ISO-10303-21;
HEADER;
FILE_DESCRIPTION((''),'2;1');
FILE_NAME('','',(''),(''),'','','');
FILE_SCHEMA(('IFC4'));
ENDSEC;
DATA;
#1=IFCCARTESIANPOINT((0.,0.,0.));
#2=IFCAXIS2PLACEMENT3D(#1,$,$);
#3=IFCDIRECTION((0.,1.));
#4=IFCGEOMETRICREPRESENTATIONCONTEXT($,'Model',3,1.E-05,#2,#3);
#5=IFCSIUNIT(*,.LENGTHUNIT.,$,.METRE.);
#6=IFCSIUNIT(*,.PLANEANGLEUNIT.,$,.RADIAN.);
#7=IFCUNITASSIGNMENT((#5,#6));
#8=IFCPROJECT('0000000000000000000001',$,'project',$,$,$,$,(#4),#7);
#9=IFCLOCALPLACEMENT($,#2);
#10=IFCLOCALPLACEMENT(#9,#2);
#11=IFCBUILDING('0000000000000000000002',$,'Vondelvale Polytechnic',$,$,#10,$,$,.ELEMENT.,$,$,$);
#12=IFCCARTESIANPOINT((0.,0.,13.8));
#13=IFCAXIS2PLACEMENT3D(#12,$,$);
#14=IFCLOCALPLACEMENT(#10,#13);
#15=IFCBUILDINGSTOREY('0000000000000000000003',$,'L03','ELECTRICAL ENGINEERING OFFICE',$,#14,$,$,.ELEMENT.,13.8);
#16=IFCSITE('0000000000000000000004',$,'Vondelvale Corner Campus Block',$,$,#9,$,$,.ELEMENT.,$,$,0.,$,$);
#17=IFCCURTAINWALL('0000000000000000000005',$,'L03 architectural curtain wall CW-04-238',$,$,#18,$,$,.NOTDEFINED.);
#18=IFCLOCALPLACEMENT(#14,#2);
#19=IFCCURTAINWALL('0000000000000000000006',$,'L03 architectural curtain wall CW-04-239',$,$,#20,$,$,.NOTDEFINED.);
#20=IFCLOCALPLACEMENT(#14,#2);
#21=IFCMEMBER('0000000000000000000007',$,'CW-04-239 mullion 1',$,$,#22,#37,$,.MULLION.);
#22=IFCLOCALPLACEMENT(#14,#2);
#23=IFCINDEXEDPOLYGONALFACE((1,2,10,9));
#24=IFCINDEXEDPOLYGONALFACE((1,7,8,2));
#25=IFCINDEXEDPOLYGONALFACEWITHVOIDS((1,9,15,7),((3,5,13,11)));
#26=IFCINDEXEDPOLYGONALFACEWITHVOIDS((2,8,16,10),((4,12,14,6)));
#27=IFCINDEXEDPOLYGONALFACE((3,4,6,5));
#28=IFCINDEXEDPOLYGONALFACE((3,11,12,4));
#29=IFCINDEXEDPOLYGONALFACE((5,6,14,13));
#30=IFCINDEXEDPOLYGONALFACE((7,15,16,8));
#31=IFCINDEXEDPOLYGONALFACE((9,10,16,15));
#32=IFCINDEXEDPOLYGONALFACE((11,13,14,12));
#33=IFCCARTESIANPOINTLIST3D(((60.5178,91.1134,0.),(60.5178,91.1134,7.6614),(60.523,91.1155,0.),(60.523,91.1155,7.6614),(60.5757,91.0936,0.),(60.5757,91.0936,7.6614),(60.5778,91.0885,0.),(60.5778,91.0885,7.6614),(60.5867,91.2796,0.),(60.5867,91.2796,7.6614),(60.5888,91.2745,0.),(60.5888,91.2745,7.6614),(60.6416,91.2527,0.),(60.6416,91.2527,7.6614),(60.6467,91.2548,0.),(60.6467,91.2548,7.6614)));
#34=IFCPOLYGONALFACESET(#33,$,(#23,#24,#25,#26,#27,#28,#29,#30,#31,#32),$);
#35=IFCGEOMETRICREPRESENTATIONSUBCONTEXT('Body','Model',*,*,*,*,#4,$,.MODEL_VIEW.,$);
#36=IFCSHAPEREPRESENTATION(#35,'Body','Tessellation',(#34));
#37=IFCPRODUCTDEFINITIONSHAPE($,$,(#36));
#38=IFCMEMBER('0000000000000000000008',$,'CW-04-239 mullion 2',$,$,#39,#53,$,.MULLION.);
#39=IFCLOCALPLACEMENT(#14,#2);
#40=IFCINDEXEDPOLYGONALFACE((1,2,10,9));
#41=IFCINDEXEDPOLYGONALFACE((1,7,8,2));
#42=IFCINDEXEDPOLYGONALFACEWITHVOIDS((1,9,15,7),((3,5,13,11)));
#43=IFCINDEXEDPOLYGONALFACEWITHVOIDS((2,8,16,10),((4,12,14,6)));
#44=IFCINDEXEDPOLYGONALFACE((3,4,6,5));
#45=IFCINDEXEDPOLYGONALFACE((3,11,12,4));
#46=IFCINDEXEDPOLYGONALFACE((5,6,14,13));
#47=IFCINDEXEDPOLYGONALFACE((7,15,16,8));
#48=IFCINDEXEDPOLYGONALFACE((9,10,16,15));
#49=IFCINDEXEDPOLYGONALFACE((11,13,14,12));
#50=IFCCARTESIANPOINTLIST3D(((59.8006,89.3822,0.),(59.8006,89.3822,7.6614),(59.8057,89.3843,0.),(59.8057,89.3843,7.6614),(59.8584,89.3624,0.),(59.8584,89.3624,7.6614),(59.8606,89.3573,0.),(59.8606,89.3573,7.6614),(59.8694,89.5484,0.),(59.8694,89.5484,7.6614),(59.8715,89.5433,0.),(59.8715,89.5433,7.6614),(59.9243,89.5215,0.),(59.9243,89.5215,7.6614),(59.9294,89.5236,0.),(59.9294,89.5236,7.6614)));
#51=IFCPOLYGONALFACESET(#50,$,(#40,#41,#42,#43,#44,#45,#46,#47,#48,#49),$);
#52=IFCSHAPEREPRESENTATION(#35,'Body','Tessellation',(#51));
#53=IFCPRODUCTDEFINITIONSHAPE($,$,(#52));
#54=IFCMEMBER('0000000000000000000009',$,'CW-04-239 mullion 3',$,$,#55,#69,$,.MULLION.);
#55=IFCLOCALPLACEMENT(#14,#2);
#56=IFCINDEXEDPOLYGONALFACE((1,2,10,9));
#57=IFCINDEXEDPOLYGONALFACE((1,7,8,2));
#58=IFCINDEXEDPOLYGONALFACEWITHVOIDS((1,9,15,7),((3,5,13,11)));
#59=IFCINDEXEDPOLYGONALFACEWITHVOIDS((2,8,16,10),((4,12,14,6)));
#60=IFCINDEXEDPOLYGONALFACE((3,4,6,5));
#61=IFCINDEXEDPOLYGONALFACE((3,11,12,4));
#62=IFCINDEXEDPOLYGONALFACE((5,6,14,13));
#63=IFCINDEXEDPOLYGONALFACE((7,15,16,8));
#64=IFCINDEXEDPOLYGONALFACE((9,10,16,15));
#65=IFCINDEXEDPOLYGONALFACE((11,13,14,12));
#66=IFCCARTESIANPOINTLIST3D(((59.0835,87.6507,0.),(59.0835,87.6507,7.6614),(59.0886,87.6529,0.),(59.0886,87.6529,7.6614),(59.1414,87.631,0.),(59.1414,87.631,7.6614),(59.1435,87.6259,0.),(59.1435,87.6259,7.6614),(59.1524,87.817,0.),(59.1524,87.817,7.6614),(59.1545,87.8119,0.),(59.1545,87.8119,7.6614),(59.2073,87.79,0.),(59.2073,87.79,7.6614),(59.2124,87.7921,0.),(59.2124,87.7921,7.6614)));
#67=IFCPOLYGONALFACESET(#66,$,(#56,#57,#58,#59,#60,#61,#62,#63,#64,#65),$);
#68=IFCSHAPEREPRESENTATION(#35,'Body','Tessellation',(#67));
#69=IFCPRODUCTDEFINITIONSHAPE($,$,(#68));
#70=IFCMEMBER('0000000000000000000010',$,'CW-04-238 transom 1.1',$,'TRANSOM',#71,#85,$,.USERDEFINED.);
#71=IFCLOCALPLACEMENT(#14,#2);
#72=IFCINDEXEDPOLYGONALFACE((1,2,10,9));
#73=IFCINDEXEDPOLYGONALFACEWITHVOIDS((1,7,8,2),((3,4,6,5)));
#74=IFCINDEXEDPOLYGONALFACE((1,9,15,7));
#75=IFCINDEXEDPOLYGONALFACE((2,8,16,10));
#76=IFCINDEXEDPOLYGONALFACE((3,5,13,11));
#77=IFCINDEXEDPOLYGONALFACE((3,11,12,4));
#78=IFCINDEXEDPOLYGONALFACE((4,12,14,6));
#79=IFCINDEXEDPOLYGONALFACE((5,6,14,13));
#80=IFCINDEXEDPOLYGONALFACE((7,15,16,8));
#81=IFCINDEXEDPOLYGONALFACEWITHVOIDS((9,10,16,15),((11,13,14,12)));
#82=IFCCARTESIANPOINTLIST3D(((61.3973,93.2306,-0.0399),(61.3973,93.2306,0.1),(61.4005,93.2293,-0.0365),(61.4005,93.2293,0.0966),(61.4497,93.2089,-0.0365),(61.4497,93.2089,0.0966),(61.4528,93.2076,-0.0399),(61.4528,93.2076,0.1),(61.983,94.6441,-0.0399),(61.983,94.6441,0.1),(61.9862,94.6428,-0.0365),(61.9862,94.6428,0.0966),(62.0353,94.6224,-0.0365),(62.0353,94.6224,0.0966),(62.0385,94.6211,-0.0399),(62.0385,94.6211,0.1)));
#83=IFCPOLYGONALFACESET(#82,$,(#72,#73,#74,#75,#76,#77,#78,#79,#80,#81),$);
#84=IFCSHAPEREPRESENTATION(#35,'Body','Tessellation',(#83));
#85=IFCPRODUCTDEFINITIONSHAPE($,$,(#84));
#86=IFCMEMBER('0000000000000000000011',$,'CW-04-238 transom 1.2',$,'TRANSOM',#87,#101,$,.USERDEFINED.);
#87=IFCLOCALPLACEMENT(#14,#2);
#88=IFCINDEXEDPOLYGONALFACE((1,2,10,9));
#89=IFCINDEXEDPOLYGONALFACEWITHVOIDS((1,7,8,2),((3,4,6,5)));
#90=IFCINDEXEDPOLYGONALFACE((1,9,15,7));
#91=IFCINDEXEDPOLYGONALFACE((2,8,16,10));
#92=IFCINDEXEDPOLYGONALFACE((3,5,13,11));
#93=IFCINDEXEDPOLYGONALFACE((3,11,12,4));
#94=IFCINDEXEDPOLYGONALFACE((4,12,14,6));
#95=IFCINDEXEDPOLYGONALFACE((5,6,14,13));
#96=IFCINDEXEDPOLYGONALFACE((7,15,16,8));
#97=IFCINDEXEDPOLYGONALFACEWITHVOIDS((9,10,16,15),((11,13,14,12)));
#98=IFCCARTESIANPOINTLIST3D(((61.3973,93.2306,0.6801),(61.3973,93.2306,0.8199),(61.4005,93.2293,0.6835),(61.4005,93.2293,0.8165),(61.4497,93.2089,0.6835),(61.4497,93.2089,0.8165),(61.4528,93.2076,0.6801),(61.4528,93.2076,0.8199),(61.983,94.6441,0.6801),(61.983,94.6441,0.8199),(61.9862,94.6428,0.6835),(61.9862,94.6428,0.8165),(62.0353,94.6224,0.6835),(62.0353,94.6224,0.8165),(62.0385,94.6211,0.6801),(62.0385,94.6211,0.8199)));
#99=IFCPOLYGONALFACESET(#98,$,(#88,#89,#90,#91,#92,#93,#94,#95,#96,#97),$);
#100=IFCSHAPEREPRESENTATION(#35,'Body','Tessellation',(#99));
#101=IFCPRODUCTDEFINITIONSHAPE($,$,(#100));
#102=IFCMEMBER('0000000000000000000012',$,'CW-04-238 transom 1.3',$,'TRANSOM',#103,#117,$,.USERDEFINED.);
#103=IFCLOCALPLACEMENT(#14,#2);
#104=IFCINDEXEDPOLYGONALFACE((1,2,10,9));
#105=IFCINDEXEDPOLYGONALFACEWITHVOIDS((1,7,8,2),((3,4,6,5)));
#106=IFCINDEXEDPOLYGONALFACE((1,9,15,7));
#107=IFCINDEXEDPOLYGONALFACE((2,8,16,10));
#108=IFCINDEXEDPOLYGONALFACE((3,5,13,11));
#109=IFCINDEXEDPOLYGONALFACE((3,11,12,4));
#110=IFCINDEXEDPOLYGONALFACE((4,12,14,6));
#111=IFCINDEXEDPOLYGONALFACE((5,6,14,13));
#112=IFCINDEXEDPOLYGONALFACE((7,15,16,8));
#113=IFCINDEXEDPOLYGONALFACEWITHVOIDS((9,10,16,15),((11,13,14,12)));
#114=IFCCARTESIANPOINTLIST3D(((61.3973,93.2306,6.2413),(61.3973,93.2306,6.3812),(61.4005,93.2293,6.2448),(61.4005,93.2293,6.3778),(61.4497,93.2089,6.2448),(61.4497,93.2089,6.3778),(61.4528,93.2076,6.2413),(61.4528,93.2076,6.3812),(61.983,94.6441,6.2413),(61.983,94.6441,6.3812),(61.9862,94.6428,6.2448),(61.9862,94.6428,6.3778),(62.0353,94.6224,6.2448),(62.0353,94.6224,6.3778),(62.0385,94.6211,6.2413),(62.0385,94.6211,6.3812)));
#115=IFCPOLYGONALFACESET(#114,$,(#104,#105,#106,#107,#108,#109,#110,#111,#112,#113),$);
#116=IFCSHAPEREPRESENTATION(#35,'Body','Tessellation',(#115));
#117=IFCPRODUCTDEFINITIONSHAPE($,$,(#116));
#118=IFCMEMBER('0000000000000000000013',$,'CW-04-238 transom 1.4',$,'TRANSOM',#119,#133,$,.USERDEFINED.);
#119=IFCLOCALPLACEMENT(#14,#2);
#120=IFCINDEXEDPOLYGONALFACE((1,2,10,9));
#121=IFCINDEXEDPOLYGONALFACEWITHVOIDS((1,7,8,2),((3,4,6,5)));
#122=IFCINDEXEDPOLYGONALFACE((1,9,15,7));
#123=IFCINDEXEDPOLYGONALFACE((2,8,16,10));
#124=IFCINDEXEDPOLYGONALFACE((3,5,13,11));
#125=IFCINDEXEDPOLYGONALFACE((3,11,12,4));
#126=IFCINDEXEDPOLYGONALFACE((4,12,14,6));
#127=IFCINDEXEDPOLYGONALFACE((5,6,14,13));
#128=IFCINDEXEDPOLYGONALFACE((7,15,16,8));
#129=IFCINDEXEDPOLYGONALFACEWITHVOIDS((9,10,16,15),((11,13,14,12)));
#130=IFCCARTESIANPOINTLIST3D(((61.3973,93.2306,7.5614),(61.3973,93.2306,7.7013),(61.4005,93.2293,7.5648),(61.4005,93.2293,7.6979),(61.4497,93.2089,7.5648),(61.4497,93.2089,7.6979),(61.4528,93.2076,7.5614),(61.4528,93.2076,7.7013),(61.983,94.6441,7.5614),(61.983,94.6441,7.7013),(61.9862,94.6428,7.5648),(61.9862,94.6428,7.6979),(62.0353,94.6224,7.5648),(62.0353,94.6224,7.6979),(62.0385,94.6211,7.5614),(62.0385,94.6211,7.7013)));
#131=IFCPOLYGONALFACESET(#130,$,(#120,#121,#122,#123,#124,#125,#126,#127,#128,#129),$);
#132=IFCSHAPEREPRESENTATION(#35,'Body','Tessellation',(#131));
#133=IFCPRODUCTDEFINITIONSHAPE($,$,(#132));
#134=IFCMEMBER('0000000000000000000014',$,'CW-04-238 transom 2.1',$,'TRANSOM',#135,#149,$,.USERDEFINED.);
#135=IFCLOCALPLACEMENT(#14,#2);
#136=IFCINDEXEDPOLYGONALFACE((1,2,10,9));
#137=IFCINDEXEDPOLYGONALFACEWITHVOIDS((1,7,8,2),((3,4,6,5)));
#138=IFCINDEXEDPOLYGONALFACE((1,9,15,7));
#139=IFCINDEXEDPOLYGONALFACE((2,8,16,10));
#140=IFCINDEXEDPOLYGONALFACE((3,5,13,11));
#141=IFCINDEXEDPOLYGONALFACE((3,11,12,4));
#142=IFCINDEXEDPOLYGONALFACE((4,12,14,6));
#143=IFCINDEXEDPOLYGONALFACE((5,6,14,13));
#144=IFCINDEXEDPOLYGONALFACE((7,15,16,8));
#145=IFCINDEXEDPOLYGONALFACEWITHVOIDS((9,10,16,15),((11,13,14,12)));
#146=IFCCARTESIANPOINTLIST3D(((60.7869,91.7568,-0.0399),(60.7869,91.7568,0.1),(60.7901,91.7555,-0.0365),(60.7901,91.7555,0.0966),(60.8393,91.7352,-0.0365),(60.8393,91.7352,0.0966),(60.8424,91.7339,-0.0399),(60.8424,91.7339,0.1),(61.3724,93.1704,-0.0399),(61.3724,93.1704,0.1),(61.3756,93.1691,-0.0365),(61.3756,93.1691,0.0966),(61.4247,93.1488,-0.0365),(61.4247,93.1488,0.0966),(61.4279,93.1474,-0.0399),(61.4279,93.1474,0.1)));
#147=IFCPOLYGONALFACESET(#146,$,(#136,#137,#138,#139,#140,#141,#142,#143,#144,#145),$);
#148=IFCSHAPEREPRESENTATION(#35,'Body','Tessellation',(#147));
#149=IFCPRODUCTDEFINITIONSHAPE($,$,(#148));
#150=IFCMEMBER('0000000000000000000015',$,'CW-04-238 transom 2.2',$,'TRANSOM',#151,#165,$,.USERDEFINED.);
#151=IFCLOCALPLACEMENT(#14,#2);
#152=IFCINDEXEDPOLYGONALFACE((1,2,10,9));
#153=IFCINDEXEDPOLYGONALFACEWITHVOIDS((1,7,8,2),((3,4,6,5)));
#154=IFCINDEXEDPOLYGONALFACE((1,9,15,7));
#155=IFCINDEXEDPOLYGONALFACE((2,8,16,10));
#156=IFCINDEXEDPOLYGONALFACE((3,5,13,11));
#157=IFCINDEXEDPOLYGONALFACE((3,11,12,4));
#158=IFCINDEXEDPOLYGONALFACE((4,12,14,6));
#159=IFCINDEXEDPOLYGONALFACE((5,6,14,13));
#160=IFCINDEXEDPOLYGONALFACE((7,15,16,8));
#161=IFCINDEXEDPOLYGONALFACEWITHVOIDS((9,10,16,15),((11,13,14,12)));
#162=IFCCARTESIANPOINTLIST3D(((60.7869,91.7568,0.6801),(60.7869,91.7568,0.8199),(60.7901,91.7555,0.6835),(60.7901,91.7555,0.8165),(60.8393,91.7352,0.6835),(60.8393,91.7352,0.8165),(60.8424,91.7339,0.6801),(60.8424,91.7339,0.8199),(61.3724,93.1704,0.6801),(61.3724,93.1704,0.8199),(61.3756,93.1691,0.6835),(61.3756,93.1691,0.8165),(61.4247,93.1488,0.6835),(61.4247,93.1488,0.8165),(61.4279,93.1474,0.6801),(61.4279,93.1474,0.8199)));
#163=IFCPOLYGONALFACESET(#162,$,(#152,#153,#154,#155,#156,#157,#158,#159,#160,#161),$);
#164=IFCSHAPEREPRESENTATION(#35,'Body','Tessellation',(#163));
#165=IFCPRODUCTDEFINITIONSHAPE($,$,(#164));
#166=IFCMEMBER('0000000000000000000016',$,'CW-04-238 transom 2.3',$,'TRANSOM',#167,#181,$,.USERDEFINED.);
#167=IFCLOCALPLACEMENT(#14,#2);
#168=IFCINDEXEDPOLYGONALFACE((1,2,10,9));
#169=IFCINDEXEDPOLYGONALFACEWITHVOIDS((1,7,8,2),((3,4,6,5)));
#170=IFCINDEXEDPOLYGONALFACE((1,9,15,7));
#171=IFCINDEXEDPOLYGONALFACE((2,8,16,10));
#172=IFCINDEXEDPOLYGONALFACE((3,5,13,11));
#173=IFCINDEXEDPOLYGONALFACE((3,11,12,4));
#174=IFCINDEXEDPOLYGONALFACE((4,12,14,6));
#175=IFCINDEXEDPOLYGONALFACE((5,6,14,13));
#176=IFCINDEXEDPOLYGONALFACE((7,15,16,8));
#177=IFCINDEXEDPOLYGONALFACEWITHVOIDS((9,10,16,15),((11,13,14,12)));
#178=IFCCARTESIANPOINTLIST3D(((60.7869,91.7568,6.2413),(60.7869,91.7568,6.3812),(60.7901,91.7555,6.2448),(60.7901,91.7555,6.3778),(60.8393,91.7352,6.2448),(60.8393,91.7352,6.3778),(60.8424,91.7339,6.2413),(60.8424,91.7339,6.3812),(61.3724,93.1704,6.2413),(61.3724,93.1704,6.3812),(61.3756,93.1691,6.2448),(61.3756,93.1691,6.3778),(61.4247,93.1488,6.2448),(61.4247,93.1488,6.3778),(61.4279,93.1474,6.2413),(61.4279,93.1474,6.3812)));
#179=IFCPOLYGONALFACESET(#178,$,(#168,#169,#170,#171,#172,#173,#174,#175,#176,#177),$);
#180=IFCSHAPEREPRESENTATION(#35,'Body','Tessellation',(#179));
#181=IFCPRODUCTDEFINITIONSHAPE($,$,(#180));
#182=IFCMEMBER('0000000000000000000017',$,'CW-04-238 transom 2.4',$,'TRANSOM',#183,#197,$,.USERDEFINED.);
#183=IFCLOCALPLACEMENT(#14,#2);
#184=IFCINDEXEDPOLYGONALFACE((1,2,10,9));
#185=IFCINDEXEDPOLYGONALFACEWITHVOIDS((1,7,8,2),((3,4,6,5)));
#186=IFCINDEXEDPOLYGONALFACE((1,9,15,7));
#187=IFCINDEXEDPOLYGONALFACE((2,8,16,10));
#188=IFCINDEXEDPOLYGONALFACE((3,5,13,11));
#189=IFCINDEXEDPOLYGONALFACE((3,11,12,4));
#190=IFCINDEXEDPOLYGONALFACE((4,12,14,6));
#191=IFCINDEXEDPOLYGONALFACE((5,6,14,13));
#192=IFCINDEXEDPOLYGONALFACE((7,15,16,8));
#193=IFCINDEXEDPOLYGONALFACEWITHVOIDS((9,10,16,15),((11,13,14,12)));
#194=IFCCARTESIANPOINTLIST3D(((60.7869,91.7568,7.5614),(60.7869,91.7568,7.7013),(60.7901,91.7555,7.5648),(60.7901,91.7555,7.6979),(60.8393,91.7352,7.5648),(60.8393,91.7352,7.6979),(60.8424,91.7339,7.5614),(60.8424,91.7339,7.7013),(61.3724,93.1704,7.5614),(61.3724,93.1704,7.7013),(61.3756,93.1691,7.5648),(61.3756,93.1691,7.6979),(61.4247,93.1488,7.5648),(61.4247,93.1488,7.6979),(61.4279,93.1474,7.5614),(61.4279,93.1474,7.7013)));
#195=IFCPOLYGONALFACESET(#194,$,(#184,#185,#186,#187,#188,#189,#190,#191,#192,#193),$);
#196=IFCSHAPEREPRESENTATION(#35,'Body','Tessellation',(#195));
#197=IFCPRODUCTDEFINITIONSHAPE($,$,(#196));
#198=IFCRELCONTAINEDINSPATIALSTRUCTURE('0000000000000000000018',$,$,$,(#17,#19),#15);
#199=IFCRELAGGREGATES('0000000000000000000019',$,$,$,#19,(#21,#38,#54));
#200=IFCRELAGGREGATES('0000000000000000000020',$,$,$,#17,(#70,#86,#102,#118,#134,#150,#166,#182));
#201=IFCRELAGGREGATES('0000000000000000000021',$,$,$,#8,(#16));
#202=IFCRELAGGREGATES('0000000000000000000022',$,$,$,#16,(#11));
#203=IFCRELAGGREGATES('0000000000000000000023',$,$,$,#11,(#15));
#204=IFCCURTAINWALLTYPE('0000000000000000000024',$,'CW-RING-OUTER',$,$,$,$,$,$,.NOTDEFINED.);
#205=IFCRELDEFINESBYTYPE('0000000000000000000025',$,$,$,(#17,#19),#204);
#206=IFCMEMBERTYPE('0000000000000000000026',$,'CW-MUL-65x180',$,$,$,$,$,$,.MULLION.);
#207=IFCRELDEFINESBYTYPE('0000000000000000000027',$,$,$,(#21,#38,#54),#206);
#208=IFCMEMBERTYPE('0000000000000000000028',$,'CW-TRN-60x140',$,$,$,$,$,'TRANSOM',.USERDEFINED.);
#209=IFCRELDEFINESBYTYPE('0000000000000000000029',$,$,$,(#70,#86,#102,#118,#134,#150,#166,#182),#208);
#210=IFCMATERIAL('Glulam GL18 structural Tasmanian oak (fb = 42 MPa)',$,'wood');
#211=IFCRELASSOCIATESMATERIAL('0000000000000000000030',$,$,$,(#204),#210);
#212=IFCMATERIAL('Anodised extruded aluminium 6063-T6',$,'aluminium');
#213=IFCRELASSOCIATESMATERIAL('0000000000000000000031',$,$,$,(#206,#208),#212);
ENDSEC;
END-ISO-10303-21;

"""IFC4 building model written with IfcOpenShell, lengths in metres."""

from ifc_helpers import new_model, si_unit, direction, frame, origin, origin_2d, place, context, subcontext, project, spatial, hollow_rectangle, extrude, material, material_profile, profile_set, type_object, element, aggregate, save


model = new_model("IFC4")

# Units and contexts
model_context = context("Model", 3, precision=1e-05, world=origin(), true_north=direction((0.0, 1.0)))
body_context = subcontext(model_context, "Body", "Model", "MODEL_VIEW")
ifc_project = project(units=[si_unit("LENGTHUNIT", "METRE"), si_unit("PLANEANGLEUNIT", "RADIAN")], contexts=[model_context])

# Site, building, storey
site_placement = place(None, origin())
site = spatial("IfcSite", under=ifc_project, at=site_placement, Name="Vondelvale Corner Campus Block", CompositionType="ELEMENT", RefElevation=0.0)
building_placement = place(site_placement, origin())
building = spatial("IfcBuilding", under=site, at=building_placement, Name="Vondelvale Polytechnic", CompositionType="ELEMENT")
storey_placement = place(building_placement, frame((0.0, 0.0, 13.8)))
storey = spatial("IfcBuildingStorey", under=building, at=storey_placement, Name="L03", Description="ELECTRICAL ENGINEERING OFFICE", CompositionType="ELEMENT", Elevation=13.8)

# Shared definitions
ifc_material_1 = material(Name="Glulam GL18 structural Tasmanian oak (fb = 42 MPa)", Category="wood")

# Curtain walls, members
curtain_wall_type = type_object("IfcCurtainWallType", Name="CW-RING-OUTER", PredefinedType="NOTDEFINED", material=ifc_material_1)
curtain_wall_1_placement = place(storey_placement, origin())
curtain_wall_1 = element("IfcCurtainWall", 1, at=curtain_wall_1_placement, inside=storey, type_object=curtain_wall_type, Name="L03 architectural curtain wall CW-04-238", PredefinedType="NOTDEFINED")
ifc_material_2 = material(Name="Anodised extruded aluminium 6063-T6", Category="aluminium")
ifc_material_profile_1 = material_profile(ifc_material_2, hollow_rectangle(XDim=0.0649, YDim=0.1799, WallThickness=0.0039, at=origin_2d()), Name="CW-MUL-180x65")
ifc_profile_set_1 = profile_set([ifc_material_profile_1], Name="Anodised extruded aluminium 6063-T6")
member_type_1 = type_object("IfcMemberType", Name="CW-MUL-65x180", PredefinedType="MULLION", material=ifc_profile_set_1)
curtain_wall_2_placement = place(storey_placement, origin())
curtain_wall_2 = element("IfcCurtainWall", 2, at=curtain_wall_2_placement, inside=storey, type_object=curtain_wall_type, Name="L03 architectural curtain wall CW-04-239", PredefinedType="NOTDEFINED")
member_1_placement = place(storey_placement, frame((60.5823, 91.1841, 0.0), z_axis=(0.0, 0.0, 1.0), x_axis=(0.923875, -0.382695, 0.0)))
member_1 = element("IfcMember", 3, at=member_1_placement, type_object=member_type_1, Name="CW-04-239 mullion 1", PredefinedType="MULLION", context=body_context, shape_type="SweptSolid", body=[
    extrude(hollow_rectangle(XDim=0.0649, YDim=0.1799, WallThickness=0.0039, at=origin_2d()), origin(), (0.0, 0.0, 1.0), 7.6614),
])
member_2_placement = place(storey_placement, frame((59.865, 89.4529, 0.0), z_axis=(0.0, 0.0, 1.0), x_axis=(0.923875, -0.382695, 0.0)))
member_2 = element("IfcMember", 4, at=member_2_placement, type_object=member_type_1, Name="CW-04-239 mullion 2", PredefinedType="MULLION", context=body_context, shape_type="SweptSolid", body=[
    extrude(hollow_rectangle(XDim=0.0649, YDim=0.1799, WallThickness=0.0039, at=origin_2d()), origin(), (0.0, 0.0, 1.0), 7.6614),
])
member_3_placement = place(storey_placement, frame((59.1479, 87.7214, 0.0), z_axis=(0.0, 0.0, 1.0), x_axis=(0.923875, -0.382695, 0.0)))
member_3 = element("IfcMember", 5, at=member_3_placement, type_object=member_type_1, Name="CW-04-239 mullion 3", PredefinedType="MULLION", context=body_context, shape_type="SweptSolid", body=[
    extrude(hollow_rectangle(XDim=0.0649, YDim=0.1799, WallThickness=0.0039, at=origin_2d()), origin(), (0.0, 0.0, 1.0), 7.6614),
])

# Members
ifc_material_profile_2 = material_profile(ifc_material_2, hollow_rectangle(XDim=0.0601, YDim=0.1399, WallThickness=0.0034, at=origin_2d()), Name="CW-TRN-140x60")
ifc_profile_set_2 = profile_set([ifc_material_profile_2], Name="Anodised extruded aluminium 6063-T6")
member_type_2 = type_object("IfcMemberType", Name="CW-TRN-60x140", ElementType="TRANSOM", PredefinedType="USERDEFINED", material=ifc_profile_set_2)
member_4_placement = place(storey_placement, frame((62.0107, 94.6326, 0.03), z_axis=(-0.382779, -0.92384, 0.0), x_axis=(0.92384, -0.382779, 0.0)))
member_4 = element("IfcMember", 6, at=member_4_placement, type_object=member_type_2, Name="CW-04-238 transom 1.1", ObjectType="TRANSOM", PredefinedType="USERDEFINED", context=body_context, shape_type="SweptSolid", body=[
    extrude(hollow_rectangle(XDim=0.0601, YDim=0.1399, WallThickness=0.0034, at=origin_2d()), origin(), (0.0, 0.0, 1.0), 1.53),
])
member_5_placement = place(storey_placement, frame((62.0107, 94.6326, 0.75), z_axis=(-0.382779, -0.92384, 0.0), x_axis=(0.92384, -0.382779, 0.0)))
member_5 = element("IfcMember", 7, at=member_5_placement, type_object=member_type_2, Name="CW-04-238 transom 1.2", ObjectType="TRANSOM", PredefinedType="USERDEFINED", context=body_context, shape_type="SweptSolid", body=[
    extrude(hollow_rectangle(XDim=0.0601, YDim=0.1399, WallThickness=0.0034, at=origin_2d()), origin(), (0.0, 0.0, 1.0), 1.53),
])
member_6_placement = place(storey_placement, frame((62.0107, 94.6326, 6.3113), z_axis=(-0.382779, -0.92384, 0.0), x_axis=(0.92384, -0.382779, 0.0)))
member_6 = element("IfcMember", 8, at=member_6_placement, type_object=member_type_2, Name="CW-04-238 transom 1.3", ObjectType="TRANSOM", PredefinedType="USERDEFINED", context=body_context, shape_type="SweptSolid", body=[
    extrude(hollow_rectangle(XDim=0.0601, YDim=0.1399, WallThickness=0.0034, at=origin_2d()), origin(), (0.0, 0.0, 1.0), 1.53),
])
member_7_placement = place(storey_placement, frame((62.0107, 94.6326, 7.6313), z_axis=(-0.382779, -0.92384, 0.0), x_axis=(0.92384, -0.382779, 0.0)))
member_7 = element("IfcMember", 9, at=member_7_placement, type_object=member_type_2, Name="CW-04-238 transom 1.4", ObjectType="TRANSOM", PredefinedType="USERDEFINED", context=body_context, shape_type="SweptSolid", body=[
    extrude(hollow_rectangle(XDim=0.0601, YDim=0.1399, WallThickness=0.0034, at=origin_2d()), origin(), (0.0, 0.0, 1.0), 1.53),
])
member_8_placement = place(storey_placement, frame((61.4001, 93.1589, 0.03), z_axis=(-0.382643, -0.923896, 0.0), x_axis=(0.923896, -0.382643, 0.0)))
member_8 = element("IfcMember", 10, at=member_8_placement, type_object=member_type_2, Name="CW-04-238 transom 2.1", ObjectType="TRANSOM", PredefinedType="USERDEFINED", context=body_context, shape_type="SweptSolid", body=[
    extrude(hollow_rectangle(XDim=0.0601, YDim=0.1399, WallThickness=0.0034, at=origin_2d()), origin(), (0.0, 0.0, 1.0), 1.53),
])
member_9_placement = place(storey_placement, frame((61.4001, 93.1589, 0.75), z_axis=(-0.382643, -0.923896, 0.0), x_axis=(0.923896, -0.382643, 0.0)))
member_9 = element("IfcMember", 11, at=member_9_placement, type_object=member_type_2, Name="CW-04-238 transom 2.2", ObjectType="TRANSOM", PredefinedType="USERDEFINED", context=body_context, shape_type="SweptSolid", body=[
    extrude(hollow_rectangle(XDim=0.0601, YDim=0.1399, WallThickness=0.0034, at=origin_2d()), origin(), (0.0, 0.0, 1.0), 1.53),
])
member_10_placement = place(storey_placement, frame((61.4001, 93.1589, 6.3113), z_axis=(-0.382643, -0.923896, 0.0), x_axis=(0.923896, -0.382643, 0.0)))
member_10 = element("IfcMember", 12, at=member_10_placement, type_object=member_type_2, Name="CW-04-238 transom 2.3", ObjectType="TRANSOM", PredefinedType="USERDEFINED", context=body_context, shape_type="SweptSolid", body=[
    extrude(hollow_rectangle(XDim=0.0601, YDim=0.1399, WallThickness=0.0034, at=origin_2d()), origin(), (0.0, 0.0, 1.0), 1.53),
])
member_11_placement = place(storey_placement, frame((61.4001, 93.1589, 7.6313), z_axis=(-0.382643, -0.923896, 0.0), x_axis=(0.923896, -0.382643, 0.0)))
member_11 = element("IfcMember", 13, at=member_11_placement, type_object=member_type_2, Name="CW-04-238 transom 2.4", ObjectType="TRANSOM", PredefinedType="USERDEFINED", context=body_context, shape_type="SweptSolid", body=[
    extrude(hollow_rectangle(XDim=0.0601, YDim=0.1399, WallThickness=0.0034, at=origin_2d()), origin(), (0.0, 0.0, 1.0), 1.53),
])

aggregate(curtain_wall_2, [member_1, member_2, member_3])
aggregate(curtain_wall_1, [member_4, member_5, member_6, member_7, member_8, member_9, member_10, member_11])

save(model, "model.ifc")
